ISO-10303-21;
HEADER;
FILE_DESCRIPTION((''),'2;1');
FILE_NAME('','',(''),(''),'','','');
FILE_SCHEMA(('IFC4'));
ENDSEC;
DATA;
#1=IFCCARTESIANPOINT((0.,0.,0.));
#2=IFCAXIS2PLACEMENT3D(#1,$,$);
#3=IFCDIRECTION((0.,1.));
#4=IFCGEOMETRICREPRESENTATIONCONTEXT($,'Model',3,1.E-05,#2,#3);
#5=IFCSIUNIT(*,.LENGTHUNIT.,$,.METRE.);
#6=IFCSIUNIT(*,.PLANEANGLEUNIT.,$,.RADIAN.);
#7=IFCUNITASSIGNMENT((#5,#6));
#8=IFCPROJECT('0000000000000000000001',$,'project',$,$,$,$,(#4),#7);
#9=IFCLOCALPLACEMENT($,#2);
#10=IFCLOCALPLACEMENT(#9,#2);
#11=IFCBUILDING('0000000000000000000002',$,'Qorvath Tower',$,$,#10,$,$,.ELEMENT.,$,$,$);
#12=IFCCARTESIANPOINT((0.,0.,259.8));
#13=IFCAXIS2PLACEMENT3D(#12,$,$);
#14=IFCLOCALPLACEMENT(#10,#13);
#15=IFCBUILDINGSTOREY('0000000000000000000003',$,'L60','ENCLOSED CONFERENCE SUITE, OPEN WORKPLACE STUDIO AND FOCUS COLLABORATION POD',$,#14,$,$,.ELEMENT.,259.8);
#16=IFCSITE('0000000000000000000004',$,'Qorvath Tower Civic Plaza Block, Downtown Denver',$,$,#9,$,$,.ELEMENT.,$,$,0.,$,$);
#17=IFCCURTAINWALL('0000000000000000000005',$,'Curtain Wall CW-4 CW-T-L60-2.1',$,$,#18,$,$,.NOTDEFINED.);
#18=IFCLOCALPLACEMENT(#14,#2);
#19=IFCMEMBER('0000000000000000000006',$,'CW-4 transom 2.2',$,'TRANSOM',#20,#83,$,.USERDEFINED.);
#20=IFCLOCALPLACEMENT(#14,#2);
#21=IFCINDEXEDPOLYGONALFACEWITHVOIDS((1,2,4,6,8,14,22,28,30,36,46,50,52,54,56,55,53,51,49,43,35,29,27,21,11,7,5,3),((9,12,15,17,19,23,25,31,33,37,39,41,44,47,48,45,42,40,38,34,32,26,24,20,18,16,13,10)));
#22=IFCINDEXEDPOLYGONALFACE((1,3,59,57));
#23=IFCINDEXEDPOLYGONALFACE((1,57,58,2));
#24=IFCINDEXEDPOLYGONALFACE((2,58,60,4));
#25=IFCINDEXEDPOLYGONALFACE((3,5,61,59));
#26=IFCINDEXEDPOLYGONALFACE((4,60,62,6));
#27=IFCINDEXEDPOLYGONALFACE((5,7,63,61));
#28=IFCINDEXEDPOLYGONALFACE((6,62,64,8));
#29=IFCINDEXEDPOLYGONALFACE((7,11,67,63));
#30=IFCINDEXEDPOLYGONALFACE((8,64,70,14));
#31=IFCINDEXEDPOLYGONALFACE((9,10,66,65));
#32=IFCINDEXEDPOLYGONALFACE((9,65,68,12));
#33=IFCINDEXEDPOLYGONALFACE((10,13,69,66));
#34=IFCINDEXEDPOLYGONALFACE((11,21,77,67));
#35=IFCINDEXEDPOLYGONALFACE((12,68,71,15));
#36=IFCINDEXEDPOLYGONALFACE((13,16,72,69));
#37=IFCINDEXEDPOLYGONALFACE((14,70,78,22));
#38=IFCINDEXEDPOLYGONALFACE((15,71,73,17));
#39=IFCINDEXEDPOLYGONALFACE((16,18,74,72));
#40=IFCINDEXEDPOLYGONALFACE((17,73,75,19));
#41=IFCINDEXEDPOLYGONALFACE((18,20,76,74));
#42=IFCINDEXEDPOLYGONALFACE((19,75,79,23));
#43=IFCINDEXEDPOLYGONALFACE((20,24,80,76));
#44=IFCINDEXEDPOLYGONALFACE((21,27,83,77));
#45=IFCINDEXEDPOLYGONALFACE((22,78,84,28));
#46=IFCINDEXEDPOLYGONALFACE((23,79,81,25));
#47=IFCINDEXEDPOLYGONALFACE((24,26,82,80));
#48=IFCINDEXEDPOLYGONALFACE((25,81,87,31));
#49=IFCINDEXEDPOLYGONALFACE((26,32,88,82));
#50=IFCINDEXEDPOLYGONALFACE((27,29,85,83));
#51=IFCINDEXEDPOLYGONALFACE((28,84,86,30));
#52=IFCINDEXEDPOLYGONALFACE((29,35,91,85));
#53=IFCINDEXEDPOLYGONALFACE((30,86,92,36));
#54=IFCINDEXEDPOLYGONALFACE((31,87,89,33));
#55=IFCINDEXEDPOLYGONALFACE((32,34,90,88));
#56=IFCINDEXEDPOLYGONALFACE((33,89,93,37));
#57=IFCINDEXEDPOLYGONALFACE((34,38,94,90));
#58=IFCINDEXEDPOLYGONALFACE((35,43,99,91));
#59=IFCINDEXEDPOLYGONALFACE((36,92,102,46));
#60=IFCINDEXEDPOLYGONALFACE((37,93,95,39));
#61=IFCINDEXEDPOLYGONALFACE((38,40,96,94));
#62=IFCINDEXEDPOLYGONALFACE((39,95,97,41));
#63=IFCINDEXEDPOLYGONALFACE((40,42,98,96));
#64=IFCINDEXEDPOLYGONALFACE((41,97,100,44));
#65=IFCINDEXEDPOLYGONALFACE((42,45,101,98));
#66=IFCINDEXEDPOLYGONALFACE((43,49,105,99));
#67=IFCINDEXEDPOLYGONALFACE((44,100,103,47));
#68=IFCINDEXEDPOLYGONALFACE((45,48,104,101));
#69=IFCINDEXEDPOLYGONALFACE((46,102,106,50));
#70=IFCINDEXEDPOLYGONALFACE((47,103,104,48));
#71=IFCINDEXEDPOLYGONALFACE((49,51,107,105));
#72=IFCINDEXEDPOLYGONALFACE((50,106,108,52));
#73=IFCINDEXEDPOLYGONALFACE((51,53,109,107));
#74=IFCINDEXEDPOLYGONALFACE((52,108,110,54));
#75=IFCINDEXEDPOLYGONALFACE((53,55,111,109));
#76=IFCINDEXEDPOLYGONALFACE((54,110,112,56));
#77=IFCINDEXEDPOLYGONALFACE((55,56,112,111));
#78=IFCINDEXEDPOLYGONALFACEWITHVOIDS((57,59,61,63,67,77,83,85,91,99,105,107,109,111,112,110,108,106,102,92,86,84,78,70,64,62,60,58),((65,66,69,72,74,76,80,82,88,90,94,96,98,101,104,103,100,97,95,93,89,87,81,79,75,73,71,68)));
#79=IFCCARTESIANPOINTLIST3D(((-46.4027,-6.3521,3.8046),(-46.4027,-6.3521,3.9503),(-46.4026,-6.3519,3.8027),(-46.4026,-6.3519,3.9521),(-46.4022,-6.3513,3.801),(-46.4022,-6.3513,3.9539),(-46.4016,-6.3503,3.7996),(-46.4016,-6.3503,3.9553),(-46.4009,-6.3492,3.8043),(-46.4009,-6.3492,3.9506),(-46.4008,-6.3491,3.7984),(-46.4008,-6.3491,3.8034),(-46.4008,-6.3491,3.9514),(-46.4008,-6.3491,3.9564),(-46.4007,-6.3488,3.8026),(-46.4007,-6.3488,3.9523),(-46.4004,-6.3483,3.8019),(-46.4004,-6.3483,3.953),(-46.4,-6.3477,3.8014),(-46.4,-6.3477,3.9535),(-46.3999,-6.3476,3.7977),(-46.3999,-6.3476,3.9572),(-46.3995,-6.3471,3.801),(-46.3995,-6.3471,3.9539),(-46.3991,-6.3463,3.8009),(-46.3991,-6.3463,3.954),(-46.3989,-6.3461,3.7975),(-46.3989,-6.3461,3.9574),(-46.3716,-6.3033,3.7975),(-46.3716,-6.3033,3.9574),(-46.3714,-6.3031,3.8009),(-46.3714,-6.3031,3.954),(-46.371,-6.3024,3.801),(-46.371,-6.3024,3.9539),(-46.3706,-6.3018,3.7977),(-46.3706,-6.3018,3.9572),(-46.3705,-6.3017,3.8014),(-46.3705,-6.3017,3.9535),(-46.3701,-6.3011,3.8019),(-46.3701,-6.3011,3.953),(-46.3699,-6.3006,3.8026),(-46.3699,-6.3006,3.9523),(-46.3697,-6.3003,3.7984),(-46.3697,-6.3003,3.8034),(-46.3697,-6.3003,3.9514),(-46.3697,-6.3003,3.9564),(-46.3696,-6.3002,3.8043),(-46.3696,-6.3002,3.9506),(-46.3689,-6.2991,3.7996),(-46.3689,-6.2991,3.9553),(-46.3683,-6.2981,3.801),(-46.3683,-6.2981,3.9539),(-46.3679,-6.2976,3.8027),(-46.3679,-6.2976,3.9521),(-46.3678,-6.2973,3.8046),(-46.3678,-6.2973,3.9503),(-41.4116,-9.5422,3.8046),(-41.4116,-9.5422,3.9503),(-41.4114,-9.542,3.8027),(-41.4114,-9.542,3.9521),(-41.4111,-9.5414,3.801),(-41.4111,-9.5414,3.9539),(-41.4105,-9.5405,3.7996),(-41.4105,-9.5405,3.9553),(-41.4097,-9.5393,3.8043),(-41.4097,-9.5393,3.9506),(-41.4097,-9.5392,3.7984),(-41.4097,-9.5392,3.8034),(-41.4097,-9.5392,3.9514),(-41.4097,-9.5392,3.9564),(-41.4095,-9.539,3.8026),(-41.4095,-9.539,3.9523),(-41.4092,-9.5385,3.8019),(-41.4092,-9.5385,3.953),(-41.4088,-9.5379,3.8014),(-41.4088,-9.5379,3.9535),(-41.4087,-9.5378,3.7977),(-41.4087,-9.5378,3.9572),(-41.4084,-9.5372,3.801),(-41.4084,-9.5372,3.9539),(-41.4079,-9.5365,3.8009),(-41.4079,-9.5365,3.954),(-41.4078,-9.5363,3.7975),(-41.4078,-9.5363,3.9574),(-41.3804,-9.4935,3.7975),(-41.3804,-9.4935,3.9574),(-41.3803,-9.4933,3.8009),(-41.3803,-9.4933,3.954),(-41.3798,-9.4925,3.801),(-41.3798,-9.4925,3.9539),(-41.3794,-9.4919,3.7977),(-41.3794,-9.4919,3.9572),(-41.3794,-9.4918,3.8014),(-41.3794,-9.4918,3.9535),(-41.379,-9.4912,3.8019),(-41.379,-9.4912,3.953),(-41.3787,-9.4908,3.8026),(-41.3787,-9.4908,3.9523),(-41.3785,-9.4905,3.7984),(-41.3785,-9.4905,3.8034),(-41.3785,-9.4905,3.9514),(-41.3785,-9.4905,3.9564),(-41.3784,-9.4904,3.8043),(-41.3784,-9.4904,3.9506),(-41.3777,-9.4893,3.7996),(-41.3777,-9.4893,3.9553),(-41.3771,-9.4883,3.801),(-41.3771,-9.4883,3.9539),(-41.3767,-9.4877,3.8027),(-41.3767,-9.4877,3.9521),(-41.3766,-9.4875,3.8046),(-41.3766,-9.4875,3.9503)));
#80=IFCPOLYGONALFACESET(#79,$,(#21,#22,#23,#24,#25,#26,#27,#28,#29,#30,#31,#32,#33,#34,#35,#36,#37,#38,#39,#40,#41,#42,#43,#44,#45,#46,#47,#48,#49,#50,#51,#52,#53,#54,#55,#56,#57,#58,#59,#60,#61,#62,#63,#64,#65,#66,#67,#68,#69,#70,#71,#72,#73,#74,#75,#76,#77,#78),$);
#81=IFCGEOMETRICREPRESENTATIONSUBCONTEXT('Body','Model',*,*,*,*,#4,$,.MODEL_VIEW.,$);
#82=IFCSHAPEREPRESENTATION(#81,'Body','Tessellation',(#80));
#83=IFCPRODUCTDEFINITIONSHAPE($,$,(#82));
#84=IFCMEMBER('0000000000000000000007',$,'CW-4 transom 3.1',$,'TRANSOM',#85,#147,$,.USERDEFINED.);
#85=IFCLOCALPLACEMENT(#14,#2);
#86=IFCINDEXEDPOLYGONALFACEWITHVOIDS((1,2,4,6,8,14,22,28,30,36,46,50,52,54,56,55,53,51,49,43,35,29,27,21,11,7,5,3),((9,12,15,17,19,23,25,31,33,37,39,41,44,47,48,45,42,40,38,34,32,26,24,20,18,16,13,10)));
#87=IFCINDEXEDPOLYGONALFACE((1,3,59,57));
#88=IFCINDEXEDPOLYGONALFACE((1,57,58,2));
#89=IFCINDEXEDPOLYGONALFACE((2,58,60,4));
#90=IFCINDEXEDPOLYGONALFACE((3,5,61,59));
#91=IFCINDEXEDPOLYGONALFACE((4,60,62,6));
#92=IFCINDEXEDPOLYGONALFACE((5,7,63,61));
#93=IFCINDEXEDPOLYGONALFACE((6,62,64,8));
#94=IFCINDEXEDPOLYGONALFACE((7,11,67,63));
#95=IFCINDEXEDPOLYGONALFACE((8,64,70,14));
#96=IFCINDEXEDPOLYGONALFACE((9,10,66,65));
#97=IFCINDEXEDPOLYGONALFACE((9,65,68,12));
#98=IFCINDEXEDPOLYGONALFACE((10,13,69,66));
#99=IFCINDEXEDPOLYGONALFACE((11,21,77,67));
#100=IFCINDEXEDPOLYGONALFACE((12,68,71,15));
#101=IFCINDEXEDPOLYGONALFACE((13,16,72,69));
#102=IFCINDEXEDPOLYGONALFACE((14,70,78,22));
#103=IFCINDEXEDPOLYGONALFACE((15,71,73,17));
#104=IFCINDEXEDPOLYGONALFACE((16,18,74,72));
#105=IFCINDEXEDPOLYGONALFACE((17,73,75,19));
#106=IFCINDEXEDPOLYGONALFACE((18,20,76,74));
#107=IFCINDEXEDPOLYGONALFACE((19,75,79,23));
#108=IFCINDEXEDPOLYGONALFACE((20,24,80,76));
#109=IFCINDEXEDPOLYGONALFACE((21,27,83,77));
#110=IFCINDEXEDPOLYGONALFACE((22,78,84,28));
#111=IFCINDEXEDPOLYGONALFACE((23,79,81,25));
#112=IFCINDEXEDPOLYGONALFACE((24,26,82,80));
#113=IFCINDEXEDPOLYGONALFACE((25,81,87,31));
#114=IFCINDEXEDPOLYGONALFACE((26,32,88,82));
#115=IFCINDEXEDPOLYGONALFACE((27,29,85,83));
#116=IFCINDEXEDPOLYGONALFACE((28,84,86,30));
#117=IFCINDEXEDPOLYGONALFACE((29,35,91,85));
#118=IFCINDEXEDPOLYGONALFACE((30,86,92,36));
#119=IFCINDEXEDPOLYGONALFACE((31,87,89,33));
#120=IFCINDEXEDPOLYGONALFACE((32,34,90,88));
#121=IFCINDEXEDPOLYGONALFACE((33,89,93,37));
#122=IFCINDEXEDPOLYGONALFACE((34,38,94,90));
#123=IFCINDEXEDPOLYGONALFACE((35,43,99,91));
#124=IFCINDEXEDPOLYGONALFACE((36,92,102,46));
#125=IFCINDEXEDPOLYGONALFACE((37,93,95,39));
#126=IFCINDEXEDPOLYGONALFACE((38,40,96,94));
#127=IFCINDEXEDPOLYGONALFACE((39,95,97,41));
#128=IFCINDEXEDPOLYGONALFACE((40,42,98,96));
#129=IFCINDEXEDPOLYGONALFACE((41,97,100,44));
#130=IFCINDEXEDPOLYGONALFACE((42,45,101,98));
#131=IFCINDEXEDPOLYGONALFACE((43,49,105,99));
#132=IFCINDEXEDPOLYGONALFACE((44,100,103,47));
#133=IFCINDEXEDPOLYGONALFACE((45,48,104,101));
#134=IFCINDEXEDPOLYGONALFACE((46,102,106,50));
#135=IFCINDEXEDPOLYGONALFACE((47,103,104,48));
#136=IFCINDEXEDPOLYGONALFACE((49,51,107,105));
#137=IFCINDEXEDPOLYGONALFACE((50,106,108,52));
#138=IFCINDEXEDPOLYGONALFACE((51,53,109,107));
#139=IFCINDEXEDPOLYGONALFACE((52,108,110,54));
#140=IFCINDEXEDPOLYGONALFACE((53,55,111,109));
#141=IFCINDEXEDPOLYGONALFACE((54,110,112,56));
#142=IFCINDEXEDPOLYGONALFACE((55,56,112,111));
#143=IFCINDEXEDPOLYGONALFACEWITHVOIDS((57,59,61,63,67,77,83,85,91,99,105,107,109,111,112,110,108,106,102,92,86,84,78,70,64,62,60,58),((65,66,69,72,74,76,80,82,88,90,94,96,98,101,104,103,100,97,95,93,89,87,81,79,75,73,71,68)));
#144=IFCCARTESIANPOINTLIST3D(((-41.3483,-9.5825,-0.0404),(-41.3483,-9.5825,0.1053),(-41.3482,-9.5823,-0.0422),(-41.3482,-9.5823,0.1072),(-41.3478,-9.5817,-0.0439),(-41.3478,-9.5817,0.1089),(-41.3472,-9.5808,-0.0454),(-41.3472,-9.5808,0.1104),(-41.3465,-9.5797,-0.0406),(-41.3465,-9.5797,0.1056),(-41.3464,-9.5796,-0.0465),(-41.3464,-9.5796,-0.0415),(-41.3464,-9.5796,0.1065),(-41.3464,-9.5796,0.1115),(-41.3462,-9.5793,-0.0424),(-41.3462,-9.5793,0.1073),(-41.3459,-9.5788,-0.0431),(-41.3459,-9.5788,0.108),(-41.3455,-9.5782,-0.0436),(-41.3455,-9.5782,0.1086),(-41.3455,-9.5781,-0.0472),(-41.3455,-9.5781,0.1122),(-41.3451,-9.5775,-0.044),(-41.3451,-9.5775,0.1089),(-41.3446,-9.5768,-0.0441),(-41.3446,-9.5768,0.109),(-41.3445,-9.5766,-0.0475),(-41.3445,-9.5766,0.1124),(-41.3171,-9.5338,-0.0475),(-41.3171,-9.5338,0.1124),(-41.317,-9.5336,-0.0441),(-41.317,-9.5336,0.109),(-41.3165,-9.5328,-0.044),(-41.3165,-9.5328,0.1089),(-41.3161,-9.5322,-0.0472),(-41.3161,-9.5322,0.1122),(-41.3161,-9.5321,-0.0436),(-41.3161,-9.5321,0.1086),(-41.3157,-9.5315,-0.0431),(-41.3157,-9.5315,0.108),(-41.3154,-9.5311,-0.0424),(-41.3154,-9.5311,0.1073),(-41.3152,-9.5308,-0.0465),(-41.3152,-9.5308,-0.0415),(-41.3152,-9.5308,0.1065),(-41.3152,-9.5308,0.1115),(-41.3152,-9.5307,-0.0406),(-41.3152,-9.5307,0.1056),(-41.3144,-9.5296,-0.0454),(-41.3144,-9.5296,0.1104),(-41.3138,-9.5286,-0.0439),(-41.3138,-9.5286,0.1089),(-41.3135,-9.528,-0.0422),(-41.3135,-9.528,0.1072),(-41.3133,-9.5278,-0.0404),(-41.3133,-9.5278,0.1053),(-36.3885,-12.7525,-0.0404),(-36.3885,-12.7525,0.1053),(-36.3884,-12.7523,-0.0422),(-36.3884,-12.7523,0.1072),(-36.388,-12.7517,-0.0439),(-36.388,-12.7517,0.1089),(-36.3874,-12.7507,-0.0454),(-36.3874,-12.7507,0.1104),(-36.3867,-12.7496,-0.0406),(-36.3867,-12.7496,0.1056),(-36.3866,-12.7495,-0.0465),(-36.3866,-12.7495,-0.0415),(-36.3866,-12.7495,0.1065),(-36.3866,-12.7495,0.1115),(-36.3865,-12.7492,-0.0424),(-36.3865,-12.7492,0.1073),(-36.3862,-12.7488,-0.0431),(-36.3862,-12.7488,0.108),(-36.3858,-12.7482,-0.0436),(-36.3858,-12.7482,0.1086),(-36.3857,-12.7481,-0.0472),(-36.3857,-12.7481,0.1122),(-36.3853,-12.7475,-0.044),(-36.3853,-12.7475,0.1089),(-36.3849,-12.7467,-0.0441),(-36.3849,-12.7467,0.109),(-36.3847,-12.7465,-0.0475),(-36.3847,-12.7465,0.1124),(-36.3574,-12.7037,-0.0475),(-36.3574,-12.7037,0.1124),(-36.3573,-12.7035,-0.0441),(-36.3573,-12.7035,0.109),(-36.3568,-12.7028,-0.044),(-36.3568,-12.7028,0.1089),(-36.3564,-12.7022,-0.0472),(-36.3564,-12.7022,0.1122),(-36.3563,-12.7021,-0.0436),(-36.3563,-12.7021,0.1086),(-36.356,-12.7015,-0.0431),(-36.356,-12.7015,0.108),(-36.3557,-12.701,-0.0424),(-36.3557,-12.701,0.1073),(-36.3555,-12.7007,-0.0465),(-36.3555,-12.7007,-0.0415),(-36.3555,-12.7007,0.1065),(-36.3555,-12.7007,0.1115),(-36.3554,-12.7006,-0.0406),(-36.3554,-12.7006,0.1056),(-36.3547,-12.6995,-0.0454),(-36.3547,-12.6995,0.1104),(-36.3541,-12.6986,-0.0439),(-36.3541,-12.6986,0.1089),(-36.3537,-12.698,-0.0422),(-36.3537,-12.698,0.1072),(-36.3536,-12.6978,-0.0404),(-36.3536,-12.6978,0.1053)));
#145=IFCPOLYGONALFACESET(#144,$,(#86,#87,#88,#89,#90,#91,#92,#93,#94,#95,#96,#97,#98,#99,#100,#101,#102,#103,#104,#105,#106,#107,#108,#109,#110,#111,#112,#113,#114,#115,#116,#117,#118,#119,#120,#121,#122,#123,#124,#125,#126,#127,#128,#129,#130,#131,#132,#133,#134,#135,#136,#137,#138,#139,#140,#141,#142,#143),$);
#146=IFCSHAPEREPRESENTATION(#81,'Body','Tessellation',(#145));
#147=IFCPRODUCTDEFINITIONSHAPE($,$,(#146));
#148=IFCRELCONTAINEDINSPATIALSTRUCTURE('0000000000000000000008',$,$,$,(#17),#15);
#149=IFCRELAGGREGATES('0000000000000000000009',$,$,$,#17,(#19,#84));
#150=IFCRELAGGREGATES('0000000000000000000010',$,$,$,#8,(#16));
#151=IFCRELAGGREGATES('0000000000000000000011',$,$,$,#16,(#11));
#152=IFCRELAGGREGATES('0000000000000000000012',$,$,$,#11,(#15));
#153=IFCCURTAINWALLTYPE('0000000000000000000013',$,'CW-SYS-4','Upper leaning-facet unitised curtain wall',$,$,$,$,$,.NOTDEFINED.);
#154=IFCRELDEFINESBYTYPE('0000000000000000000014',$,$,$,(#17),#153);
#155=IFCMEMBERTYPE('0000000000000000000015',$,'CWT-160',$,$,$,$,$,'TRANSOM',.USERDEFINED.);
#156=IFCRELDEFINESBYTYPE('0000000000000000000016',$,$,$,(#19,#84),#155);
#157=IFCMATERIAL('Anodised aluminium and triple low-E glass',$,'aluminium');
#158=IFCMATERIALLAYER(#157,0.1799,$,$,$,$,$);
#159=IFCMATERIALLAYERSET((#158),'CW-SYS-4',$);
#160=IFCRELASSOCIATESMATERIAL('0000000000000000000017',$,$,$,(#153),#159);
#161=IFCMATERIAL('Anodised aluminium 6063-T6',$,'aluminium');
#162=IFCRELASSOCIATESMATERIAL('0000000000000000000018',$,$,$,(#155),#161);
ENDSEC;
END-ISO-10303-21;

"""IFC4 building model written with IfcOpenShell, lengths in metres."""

from ifc_helpers import new_model, si_unit, direction, frame, origin, origin_2d, place, context, subcontext, project, spatial, hollow_rectangle, extrude, material, layer, layer_set, material_profile, profile_set, type_object, element, aggregate, save


model = new_model("IFC4")

# Units and contexts
model_context = context("Model", 3, precision=1e-05, world=origin(), true_north=direction((0.0, 1.0)))
body_context = subcontext(model_context, "Body", "Model", "MODEL_VIEW")
ifc_project = project(units=[si_unit("LENGTHUNIT", "METRE"), si_unit("PLANEANGLEUNIT", "RADIAN")], contexts=[model_context])

# Site, building, storey
site_placement = place(None, origin())
site = spatial("IfcSite", under=ifc_project, at=site_placement, Name="Qorvath Tower Civic Plaza Block, Downtown Denver", CompositionType="ELEMENT", RefElevation=0.0)
building_placement = place(site_placement, origin())
building = spatial("IfcBuilding", under=site, at=building_placement, Name="Qorvath Tower", CompositionType="ELEMENT")
storey_placement = place(building_placement, frame((0.0, 0.0, 259.8)))
storey = spatial("IfcBuildingStorey", under=building, at=storey_placement, Name="L60", Description="ENCLOSED CONFERENCE SUITE, OPEN WORKPLACE STUDIO AND FOCUS COLLABORATION POD", CompositionType="ELEMENT", Elevation=259.8)

# Curtain wall, members
ifc_material_1 = material(Name="Anodised aluminium and triple low-E glass", Category="aluminium")
ifc_layer_1 = layer(ifc_material_1, 0.1799)
ifc_layer_set_1 = layer_set([ifc_layer_1], Name="CW-SYS-4")
curtain_wall_type = type_object("IfcCurtainWallType", Name="CW-SYS-4", Description="Upper leaning-facet unitised curtain wall", PredefinedType="NOTDEFINED", material=ifc_layer_set_1)
curtain_wall_placement = place(storey_placement, origin())
curtain_wall = element("IfcCurtainWall", 1, at=curtain_wall_placement, inside=storey, type_object=curtain_wall_type, Name="Curtain Wall CW-4 CW-T-L60-2.1", PredefinedType="NOTDEFINED")
ifc_material_2 = material(Name="Anodised aluminium 6063-T6", Category="aluminium")
ifc_material_profile_1 = material_profile(ifc_material_2, hollow_rectangle(XDim=0.0649, YDim=0.1599, WallThickness=0.0034, InnerFilletRadius=0.0034, OuterFilletRadius=0.0071, at=origin_2d()), Name="CWT 160x65")
ifc_profile_set_1 = profile_set([ifc_material_profile_1], Name="Anodised aluminium 6063-T6")
member_type_1 = type_object("IfcMemberType", Name="CWT-160", ElementType="TRANSOM", PredefinedType="USERDEFINED", material=ifc_profile_set_1)
member_1_placement = place(storey_placement, frame((-46.3853, -6.3247, 3.8774), z_axis=(0.842592, -0.538552, 0.0), x_axis=(0.538552, 0.842592, 0.0)))
member_1 = element("IfcMember", 2, at=member_1_placement, type_object=member_type_1, Name="CW-4 transom 2.2", ObjectType="TRANSOM", PredefinedType="USERDEFINED", context=body_context, shape_type="SweptSolid", body=[
    extrude(hollow_rectangle(XDim=0.0649, YDim=0.1599, WallThickness=0.0034, InnerFilletRadius=0.0034, OuterFilletRadius=0.0071, at=origin_2d()), origin(), (0.0, 0.0, 1.0), 5.9236),
])
member_2_placement = place(storey_placement, frame((-41.3308, -9.5552, 0.0325), z_axis=(0.842603, -0.538536, 0.0), x_axis=(0.538536, 0.842603, 0.0)))
member_2 = element("IfcMember", 3, at=member_2_placement, type_object=member_type_1, Name="CW-4 transom 3.1", ObjectType="TRANSOM", PredefinedType="USERDEFINED", context=body_context, shape_type="SweptSolid", body=[
    extrude(hollow_rectangle(XDim=0.0649, YDim=0.1599, WallThickness=0.0034, InnerFilletRadius=0.0034, OuterFilletRadius=0.0071, at=origin_2d()), origin(), (0.0, 0.0, 1.0), 5.8862),
])
aggregate(curtain_wall, [member_1, member_2])

save(model, "model.ifc")
